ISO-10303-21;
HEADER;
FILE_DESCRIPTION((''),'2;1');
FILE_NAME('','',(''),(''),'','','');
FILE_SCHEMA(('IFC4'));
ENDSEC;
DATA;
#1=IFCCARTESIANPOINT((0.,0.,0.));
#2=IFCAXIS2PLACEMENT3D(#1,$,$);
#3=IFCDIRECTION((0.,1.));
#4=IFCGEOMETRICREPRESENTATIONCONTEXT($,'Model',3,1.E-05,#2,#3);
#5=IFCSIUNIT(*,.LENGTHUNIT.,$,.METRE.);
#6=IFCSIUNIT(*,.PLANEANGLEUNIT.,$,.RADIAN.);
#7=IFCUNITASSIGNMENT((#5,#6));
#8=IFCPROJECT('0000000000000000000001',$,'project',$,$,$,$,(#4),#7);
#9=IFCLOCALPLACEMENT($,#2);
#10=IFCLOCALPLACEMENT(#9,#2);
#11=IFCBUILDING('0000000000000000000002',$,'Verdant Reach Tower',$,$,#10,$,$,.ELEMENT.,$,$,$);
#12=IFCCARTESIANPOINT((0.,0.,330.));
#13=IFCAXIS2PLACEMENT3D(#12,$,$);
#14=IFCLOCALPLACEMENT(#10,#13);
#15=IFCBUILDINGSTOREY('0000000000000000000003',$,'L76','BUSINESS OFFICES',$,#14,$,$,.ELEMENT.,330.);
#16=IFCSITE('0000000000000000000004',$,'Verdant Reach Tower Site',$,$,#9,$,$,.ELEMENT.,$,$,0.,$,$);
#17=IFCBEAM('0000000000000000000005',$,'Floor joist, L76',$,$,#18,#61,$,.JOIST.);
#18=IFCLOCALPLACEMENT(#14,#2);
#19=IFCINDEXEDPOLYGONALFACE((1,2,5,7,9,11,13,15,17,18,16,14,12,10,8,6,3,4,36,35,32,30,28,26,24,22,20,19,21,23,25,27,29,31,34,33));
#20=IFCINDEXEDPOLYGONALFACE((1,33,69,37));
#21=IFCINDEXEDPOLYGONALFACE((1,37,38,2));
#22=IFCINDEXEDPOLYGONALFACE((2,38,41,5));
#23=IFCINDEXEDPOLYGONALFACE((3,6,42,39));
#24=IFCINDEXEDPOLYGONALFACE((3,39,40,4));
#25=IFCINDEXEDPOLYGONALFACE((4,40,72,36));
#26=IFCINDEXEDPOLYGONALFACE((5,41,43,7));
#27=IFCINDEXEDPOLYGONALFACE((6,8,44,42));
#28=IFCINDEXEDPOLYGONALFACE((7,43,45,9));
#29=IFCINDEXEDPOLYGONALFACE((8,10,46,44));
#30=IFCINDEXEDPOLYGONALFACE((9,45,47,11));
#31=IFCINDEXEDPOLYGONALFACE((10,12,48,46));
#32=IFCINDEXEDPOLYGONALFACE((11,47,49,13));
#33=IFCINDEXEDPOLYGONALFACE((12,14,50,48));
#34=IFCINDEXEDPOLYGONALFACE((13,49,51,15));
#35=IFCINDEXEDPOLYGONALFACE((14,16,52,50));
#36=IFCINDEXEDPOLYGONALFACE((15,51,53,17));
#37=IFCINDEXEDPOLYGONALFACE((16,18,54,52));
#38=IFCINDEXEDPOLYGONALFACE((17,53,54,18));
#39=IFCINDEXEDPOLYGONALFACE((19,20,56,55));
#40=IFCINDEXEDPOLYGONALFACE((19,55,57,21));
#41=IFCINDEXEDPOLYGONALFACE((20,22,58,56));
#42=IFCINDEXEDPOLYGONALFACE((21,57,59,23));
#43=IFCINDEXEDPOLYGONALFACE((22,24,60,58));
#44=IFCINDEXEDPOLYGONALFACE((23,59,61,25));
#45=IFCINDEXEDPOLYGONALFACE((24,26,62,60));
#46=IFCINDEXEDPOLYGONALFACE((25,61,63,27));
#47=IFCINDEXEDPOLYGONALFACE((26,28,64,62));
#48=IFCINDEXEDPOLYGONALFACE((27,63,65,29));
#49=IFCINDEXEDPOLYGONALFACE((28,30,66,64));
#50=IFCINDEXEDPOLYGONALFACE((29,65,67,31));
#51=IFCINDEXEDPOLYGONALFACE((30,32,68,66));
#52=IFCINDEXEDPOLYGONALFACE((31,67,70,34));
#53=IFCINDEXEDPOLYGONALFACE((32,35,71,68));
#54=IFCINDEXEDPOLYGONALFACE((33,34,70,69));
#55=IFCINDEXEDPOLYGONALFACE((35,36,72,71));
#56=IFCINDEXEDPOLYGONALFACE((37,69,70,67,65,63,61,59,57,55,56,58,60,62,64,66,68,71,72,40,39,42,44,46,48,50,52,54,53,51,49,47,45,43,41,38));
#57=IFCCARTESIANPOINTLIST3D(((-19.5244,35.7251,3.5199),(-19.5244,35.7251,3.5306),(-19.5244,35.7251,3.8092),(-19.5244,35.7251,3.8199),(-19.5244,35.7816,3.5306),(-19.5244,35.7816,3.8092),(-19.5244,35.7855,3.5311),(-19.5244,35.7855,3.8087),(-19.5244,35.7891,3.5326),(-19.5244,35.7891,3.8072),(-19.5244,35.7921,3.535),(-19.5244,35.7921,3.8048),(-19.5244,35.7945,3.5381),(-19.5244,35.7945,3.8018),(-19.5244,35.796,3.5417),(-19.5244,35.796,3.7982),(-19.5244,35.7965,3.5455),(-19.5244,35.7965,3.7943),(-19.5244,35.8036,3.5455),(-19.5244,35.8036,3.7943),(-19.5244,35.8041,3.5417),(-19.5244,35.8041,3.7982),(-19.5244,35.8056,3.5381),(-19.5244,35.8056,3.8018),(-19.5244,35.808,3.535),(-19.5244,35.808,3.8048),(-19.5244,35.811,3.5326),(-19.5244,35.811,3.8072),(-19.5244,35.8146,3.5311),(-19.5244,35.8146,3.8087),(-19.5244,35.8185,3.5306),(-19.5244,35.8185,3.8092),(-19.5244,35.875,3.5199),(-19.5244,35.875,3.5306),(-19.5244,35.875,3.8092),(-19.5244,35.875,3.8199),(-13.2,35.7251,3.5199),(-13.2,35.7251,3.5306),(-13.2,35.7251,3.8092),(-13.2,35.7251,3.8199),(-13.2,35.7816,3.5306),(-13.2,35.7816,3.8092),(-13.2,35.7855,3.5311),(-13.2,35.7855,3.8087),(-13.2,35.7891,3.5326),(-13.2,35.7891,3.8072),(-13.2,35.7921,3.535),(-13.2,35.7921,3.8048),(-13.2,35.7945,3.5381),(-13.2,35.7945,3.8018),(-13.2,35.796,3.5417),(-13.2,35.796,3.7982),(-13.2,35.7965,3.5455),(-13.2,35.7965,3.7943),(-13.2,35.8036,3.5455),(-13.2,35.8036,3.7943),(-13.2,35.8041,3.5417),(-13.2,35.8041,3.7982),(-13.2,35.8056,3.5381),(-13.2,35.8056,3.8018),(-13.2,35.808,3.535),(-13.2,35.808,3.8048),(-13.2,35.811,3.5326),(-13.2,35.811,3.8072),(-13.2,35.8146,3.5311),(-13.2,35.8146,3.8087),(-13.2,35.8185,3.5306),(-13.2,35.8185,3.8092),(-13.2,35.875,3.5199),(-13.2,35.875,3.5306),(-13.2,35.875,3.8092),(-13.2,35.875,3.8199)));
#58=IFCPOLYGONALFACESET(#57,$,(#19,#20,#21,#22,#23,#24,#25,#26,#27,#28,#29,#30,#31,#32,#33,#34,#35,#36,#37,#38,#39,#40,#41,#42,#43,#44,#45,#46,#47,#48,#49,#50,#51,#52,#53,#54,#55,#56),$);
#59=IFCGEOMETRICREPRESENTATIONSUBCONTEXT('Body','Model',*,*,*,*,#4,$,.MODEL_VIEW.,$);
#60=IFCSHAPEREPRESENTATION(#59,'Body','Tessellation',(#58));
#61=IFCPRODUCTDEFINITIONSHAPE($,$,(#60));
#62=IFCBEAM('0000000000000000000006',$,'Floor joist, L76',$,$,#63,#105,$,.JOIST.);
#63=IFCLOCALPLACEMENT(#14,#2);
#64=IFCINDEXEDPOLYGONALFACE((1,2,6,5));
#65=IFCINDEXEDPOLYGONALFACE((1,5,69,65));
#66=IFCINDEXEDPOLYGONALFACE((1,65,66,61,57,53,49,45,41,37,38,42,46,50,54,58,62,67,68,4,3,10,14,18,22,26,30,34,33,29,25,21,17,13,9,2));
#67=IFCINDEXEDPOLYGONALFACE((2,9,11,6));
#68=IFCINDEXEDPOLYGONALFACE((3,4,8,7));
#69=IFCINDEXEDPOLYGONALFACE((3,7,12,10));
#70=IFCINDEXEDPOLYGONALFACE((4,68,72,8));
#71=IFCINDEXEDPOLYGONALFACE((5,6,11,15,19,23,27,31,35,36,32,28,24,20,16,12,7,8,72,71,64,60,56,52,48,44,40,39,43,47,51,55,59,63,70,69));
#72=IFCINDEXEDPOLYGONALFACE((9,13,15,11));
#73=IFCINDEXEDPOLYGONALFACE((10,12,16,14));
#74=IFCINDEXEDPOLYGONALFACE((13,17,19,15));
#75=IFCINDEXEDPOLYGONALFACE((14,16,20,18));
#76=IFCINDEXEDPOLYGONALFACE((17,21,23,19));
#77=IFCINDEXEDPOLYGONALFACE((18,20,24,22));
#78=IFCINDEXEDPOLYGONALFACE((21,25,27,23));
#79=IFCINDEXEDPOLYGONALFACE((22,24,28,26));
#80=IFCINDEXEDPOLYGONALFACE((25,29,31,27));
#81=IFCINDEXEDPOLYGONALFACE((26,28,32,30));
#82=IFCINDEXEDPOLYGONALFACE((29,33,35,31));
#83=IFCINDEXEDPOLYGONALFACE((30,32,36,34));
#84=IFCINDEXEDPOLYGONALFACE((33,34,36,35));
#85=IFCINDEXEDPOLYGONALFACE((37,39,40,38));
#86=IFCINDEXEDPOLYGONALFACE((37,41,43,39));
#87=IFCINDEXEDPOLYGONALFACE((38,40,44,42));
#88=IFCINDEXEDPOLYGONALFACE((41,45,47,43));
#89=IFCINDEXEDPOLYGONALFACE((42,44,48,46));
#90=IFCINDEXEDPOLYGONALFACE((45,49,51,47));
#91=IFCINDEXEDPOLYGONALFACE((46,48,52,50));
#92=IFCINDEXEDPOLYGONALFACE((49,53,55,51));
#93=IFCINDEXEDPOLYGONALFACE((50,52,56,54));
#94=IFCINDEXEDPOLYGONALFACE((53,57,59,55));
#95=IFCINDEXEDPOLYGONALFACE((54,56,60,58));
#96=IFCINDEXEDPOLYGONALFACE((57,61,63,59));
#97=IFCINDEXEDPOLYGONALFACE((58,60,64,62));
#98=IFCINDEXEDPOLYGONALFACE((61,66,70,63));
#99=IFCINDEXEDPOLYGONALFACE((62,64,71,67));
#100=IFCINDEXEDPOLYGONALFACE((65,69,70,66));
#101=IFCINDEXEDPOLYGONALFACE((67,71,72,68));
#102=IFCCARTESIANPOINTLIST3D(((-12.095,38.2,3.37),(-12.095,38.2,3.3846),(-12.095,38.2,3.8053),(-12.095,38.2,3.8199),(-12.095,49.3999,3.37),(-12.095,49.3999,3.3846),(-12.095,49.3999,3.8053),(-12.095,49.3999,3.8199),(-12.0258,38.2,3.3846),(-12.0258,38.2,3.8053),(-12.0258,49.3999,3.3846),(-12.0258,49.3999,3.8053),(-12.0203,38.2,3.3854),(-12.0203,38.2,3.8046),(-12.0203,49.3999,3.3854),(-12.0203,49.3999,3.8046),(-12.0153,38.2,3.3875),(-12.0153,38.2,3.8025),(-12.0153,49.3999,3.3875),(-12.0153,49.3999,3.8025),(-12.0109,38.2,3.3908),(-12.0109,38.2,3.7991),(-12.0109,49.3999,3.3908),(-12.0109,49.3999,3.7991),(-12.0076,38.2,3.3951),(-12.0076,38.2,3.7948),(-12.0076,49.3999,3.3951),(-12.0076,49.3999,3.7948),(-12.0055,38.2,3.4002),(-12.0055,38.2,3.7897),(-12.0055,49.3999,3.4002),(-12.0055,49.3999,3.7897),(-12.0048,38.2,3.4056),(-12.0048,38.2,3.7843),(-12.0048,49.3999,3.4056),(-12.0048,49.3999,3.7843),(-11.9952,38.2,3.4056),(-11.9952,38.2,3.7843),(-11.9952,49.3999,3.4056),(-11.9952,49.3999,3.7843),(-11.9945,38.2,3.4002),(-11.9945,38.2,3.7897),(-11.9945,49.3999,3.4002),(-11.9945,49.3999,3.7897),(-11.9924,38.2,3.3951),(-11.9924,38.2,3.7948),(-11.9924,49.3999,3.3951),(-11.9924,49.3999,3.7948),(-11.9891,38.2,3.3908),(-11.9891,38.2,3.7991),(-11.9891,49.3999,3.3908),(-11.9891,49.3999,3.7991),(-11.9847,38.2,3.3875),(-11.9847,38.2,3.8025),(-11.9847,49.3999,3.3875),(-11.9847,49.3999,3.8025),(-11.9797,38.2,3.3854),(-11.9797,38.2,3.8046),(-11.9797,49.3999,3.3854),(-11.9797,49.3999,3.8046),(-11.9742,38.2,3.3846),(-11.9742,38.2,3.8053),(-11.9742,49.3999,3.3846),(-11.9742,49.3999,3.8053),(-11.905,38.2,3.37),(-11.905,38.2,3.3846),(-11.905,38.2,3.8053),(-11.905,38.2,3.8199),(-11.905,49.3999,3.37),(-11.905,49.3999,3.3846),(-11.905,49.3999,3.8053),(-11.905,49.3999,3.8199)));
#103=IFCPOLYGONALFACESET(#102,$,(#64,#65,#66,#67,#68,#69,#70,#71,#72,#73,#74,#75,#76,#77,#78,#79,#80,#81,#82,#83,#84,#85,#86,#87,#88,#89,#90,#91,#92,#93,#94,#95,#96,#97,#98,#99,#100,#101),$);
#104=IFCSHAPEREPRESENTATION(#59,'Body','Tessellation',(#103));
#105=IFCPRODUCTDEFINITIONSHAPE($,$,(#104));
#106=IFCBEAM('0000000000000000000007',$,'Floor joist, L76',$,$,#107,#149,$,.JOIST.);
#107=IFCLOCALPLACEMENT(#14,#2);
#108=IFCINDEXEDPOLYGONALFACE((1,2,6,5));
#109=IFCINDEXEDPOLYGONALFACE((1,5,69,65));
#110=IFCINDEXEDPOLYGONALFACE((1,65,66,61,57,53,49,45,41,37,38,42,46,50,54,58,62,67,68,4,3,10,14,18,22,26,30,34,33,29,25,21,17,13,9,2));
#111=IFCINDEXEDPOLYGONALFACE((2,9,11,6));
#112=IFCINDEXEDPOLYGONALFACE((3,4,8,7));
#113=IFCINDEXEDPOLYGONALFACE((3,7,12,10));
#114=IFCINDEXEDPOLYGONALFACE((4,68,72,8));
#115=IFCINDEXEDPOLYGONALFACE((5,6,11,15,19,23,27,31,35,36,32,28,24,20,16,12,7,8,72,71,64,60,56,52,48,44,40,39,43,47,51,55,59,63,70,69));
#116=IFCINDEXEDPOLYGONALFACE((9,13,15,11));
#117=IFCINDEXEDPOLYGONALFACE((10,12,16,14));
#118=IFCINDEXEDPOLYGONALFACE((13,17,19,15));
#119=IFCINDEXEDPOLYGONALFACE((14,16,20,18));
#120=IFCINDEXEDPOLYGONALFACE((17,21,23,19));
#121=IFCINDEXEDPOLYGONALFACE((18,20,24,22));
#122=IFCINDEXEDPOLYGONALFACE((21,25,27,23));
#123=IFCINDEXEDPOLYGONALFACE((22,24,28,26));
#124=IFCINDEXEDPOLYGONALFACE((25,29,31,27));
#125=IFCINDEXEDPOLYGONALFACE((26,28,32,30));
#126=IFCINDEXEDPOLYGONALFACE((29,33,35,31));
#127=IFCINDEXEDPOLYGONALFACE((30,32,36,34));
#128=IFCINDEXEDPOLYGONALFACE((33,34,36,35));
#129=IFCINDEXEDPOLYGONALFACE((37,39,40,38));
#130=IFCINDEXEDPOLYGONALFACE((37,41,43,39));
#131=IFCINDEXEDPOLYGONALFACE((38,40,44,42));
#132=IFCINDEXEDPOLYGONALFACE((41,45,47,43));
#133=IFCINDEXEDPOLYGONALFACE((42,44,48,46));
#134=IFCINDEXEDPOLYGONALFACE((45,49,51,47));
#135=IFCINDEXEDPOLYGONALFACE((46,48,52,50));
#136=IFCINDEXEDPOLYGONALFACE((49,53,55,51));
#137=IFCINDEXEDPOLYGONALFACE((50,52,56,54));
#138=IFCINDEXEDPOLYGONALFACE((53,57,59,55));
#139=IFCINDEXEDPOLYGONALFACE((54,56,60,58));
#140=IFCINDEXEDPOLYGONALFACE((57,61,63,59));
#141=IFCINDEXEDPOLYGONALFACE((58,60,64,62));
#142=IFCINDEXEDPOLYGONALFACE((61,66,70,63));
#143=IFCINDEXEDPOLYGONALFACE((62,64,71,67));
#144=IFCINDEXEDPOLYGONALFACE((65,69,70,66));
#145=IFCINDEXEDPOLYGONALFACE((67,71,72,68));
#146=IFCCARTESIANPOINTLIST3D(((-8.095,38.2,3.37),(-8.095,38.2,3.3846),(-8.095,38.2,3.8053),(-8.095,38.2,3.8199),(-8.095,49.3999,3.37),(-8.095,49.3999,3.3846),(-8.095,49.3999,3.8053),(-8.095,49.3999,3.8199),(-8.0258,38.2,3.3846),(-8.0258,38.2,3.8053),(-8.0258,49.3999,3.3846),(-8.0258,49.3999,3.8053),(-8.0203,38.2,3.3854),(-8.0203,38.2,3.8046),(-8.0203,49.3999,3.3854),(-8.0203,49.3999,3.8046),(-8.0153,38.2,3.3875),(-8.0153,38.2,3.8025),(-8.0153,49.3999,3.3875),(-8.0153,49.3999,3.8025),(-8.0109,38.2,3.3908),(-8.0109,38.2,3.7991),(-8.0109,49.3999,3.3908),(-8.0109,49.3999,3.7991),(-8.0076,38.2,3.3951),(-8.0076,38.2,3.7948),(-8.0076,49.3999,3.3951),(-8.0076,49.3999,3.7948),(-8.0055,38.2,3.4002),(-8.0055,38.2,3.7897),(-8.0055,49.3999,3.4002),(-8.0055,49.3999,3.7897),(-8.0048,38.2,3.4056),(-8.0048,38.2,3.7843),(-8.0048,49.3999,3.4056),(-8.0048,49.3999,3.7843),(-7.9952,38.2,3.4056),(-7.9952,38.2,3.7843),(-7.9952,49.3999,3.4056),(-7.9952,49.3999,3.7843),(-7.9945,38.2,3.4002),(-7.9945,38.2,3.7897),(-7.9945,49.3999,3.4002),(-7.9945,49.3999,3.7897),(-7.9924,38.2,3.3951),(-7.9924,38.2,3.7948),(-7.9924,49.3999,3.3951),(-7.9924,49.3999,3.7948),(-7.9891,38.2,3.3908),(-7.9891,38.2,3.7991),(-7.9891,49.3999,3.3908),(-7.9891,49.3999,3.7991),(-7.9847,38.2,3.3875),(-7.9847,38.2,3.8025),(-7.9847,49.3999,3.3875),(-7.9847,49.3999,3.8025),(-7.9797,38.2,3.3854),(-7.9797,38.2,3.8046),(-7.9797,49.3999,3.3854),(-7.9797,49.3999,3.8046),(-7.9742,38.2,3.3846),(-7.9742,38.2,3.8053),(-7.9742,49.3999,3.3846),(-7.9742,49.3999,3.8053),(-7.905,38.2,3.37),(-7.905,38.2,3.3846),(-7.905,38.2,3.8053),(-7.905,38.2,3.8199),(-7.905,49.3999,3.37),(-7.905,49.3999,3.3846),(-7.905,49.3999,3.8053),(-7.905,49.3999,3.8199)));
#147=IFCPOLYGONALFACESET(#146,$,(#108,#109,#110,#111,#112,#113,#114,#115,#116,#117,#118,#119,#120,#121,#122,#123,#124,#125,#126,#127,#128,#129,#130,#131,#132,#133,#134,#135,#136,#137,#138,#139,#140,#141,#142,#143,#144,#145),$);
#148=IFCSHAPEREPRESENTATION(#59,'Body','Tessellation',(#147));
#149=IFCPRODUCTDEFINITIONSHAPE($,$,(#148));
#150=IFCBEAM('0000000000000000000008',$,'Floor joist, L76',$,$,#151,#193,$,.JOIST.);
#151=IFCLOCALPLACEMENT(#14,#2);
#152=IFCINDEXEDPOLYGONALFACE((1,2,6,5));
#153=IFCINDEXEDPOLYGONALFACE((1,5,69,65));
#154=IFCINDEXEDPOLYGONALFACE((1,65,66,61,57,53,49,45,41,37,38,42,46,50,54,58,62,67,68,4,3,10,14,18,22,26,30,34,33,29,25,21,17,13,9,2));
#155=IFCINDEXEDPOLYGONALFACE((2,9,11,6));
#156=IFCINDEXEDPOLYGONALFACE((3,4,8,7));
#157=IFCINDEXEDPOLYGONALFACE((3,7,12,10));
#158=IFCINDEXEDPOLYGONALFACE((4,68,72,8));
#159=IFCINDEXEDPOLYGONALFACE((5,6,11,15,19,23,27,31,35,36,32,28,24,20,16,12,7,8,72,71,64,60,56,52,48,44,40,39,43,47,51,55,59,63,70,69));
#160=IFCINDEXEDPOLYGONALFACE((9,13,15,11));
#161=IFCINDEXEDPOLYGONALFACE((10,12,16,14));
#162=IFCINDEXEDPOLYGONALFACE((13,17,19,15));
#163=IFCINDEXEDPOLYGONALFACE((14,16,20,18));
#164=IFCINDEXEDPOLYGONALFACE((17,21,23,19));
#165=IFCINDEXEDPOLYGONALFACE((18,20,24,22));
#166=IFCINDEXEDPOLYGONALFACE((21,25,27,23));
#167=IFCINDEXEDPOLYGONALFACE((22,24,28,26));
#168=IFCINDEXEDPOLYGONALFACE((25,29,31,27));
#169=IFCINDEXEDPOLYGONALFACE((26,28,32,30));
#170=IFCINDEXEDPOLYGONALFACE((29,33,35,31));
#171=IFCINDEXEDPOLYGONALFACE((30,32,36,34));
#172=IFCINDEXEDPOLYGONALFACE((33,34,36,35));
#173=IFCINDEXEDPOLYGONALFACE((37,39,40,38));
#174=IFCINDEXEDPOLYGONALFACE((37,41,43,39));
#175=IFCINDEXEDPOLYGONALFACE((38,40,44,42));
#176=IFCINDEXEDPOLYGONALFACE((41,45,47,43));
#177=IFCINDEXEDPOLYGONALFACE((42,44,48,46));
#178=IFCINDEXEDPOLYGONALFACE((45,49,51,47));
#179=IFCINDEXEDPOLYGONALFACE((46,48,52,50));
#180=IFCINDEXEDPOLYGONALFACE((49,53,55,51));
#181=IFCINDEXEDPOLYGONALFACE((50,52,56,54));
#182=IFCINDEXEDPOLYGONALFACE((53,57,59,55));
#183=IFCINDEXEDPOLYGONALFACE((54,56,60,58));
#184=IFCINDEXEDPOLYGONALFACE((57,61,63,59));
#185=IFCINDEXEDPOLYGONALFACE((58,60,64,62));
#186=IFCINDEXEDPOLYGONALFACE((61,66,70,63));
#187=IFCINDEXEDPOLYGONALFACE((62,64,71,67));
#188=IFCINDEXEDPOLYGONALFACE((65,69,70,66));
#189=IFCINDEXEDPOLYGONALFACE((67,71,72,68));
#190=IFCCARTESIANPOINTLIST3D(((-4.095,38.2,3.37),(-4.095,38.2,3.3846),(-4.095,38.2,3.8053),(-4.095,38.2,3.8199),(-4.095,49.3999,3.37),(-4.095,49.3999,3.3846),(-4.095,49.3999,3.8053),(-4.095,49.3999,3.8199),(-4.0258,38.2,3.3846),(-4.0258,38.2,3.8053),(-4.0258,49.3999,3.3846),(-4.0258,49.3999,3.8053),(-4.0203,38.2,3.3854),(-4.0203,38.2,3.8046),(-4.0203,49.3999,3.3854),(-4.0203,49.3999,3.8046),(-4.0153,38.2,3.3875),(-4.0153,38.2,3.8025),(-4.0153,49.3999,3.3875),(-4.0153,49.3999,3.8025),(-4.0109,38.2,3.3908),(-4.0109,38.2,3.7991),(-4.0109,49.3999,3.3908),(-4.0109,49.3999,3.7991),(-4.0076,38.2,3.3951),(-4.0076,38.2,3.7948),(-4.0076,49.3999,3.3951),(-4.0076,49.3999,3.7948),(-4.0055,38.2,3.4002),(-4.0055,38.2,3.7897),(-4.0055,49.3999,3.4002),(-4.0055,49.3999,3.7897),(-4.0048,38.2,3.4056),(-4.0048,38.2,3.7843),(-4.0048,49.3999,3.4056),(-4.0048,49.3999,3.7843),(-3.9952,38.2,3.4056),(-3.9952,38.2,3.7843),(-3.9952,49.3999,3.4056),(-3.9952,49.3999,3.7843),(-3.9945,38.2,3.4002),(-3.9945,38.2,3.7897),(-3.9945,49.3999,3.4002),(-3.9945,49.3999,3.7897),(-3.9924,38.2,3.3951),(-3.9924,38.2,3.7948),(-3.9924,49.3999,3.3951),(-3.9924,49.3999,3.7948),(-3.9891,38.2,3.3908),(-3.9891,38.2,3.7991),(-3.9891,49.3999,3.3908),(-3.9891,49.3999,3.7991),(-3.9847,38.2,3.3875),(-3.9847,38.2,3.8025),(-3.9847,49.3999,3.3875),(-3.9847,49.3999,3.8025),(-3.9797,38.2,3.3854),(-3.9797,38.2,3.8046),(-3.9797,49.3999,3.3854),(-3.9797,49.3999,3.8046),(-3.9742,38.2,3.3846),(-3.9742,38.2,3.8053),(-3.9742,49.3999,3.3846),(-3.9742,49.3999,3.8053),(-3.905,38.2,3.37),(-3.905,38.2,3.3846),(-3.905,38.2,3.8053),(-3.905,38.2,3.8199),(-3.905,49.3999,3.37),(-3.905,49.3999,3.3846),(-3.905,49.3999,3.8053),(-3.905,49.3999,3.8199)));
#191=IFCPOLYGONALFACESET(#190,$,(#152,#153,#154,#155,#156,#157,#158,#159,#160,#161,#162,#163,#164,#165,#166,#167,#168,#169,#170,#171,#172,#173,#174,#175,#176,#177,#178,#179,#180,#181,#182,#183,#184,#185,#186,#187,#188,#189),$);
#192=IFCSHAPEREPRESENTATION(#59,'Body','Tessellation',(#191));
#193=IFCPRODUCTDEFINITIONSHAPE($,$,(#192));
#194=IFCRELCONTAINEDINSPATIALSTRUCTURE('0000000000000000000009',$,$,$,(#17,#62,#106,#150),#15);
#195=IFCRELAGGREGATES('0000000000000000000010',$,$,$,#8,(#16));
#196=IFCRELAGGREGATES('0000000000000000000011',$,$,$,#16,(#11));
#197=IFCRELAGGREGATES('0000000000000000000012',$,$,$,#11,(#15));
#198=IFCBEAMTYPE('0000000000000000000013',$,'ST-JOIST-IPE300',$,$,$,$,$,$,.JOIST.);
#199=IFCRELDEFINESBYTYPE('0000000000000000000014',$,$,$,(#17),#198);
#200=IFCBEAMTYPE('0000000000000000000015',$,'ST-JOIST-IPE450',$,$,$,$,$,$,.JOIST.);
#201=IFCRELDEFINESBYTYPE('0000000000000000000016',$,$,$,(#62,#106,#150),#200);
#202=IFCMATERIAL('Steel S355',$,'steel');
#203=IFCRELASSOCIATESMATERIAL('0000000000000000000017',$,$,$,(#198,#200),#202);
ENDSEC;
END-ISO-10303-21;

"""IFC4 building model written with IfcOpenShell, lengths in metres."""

from ifc_helpers import new_model, si_unit, direction, frame, origin, origin_2d, place, context, subcontext, project, spatial, i_section, extrude, material, material_profile, profile_set, type_object, element, save


model = new_model("IFC4")

# Units and contexts
model_context = context("Model", 3, precision=1e-05, world=origin(), true_north=direction((0.0, 1.0)))
body_context = subcontext(model_context, "Body", "Model", "MODEL_VIEW")
ifc_project = project(units=[si_unit("LENGTHUNIT", "METRE"), si_unit("PLANEANGLEUNIT", "RADIAN")], contexts=[model_context])

# Site, building, storey
site_placement = place(None, origin())
site = spatial("IfcSite", under=ifc_project, at=site_placement, Name="Verdant Reach Tower Site", CompositionType="ELEMENT", RefElevation=0.0)
building_placement = place(site_placement, origin())
building = spatial("IfcBuilding", under=site, at=building_placement, Name="Verdant Reach Tower", CompositionType="ELEMENT")
storey_placement = place(building_placement, frame((0.0, 0.0, 330.0)))
storey = spatial("IfcBuildingStorey", under=building, at=storey_placement, Name="L76", Description="BUSINESS OFFICES", CompositionType="ELEMENT", Elevation=330.0)

# Beams
ifc_material_1 = material(Name="Steel S355", Category="steel")
ifc_material_profile_1 = material_profile(ifc_material_1, i_section(OverallWidth=0.1499, OverallDepth=0.3, WebThickness=0.0071, FlangeThickness=0.0107, FilletRadius=0.0149, at=origin_2d()), Name="IPE 300")
ifc_profile_set_1 = profile_set([ifc_material_profile_1], Name="Steel S355")
beam_type_1 = type_object("IfcBeamType", Name="ST-JOIST-IPE300", PredefinedType="JOIST", material=ifc_profile_set_1)
beam_1_placement = place(storey_placement, frame((-13.2, 35.8, 3.6699), z_axis=(-1.0, 0.0, 0.0), x_axis=(0.0, -1.0, 0.0)))
element("IfcBeam", 1, at=beam_1_placement, inside=storey, type_object=beam_type_1, Name="Floor joist, L76", PredefinedType="JOIST", context=body_context, shape_type="SweptSolid", body=[
    extrude(i_section(OverallWidth=0.1499, OverallDepth=0.3, WebThickness=0.0071, FlangeThickness=0.0107, FilletRadius=0.0149, at=origin_2d()), origin(), (0.0, 0.0, 1.0), 6.3245),
])
ifc_material_profile_2 = material_profile(ifc_material_1, i_section(OverallWidth=0.1899, OverallDepth=0.45, WebThickness=0.0095, FlangeThickness=0.0146, FilletRadius=0.021, at=origin_2d()), Name="IPE 450")
ifc_profile_set_2 = profile_set([ifc_material_profile_2], Name="Steel S355")
beam_type_2 = type_object("IfcBeamType", Name="ST-JOIST-IPE450", PredefinedType="JOIST", material=ifc_profile_set_2)
for number, where, z_axis, x_axis, name in (
    (2, (-12.0, 38.2, 3.595), (0.0, 1.0, 0.0), (-1.0, 0.0, 0.0), "Floor joist, L76"),
    (3, (-8.0, 38.2, 3.595), (0.0, 1.0, 0.0), (-1.0, 0.0, 0.0), "Floor joist, L76"),
    (4, (-4.0, 38.2, 3.595), (0.0, 1.0, 0.0), (-1.0, 0.0, 0.0), "Floor joist, L76"),
):
    element("IfcBeam", number, at=place(storey_placement, frame(where, z_axis=z_axis, x_axis=x_axis)), inside=storey, type_object=beam_type_2, Name=name, PredefinedType="JOIST", context=body_context, shape_type="SweptSolid", body=[
        extrude(i_section(OverallWidth=0.1899, OverallDepth=0.45, WebThickness=0.0095, FlangeThickness=0.0146, FilletRadius=0.021, at=origin_2d()), origin(), (0.0, 0.0, 1.0), 11.2),
    ])

save(model, "model.ifc")
